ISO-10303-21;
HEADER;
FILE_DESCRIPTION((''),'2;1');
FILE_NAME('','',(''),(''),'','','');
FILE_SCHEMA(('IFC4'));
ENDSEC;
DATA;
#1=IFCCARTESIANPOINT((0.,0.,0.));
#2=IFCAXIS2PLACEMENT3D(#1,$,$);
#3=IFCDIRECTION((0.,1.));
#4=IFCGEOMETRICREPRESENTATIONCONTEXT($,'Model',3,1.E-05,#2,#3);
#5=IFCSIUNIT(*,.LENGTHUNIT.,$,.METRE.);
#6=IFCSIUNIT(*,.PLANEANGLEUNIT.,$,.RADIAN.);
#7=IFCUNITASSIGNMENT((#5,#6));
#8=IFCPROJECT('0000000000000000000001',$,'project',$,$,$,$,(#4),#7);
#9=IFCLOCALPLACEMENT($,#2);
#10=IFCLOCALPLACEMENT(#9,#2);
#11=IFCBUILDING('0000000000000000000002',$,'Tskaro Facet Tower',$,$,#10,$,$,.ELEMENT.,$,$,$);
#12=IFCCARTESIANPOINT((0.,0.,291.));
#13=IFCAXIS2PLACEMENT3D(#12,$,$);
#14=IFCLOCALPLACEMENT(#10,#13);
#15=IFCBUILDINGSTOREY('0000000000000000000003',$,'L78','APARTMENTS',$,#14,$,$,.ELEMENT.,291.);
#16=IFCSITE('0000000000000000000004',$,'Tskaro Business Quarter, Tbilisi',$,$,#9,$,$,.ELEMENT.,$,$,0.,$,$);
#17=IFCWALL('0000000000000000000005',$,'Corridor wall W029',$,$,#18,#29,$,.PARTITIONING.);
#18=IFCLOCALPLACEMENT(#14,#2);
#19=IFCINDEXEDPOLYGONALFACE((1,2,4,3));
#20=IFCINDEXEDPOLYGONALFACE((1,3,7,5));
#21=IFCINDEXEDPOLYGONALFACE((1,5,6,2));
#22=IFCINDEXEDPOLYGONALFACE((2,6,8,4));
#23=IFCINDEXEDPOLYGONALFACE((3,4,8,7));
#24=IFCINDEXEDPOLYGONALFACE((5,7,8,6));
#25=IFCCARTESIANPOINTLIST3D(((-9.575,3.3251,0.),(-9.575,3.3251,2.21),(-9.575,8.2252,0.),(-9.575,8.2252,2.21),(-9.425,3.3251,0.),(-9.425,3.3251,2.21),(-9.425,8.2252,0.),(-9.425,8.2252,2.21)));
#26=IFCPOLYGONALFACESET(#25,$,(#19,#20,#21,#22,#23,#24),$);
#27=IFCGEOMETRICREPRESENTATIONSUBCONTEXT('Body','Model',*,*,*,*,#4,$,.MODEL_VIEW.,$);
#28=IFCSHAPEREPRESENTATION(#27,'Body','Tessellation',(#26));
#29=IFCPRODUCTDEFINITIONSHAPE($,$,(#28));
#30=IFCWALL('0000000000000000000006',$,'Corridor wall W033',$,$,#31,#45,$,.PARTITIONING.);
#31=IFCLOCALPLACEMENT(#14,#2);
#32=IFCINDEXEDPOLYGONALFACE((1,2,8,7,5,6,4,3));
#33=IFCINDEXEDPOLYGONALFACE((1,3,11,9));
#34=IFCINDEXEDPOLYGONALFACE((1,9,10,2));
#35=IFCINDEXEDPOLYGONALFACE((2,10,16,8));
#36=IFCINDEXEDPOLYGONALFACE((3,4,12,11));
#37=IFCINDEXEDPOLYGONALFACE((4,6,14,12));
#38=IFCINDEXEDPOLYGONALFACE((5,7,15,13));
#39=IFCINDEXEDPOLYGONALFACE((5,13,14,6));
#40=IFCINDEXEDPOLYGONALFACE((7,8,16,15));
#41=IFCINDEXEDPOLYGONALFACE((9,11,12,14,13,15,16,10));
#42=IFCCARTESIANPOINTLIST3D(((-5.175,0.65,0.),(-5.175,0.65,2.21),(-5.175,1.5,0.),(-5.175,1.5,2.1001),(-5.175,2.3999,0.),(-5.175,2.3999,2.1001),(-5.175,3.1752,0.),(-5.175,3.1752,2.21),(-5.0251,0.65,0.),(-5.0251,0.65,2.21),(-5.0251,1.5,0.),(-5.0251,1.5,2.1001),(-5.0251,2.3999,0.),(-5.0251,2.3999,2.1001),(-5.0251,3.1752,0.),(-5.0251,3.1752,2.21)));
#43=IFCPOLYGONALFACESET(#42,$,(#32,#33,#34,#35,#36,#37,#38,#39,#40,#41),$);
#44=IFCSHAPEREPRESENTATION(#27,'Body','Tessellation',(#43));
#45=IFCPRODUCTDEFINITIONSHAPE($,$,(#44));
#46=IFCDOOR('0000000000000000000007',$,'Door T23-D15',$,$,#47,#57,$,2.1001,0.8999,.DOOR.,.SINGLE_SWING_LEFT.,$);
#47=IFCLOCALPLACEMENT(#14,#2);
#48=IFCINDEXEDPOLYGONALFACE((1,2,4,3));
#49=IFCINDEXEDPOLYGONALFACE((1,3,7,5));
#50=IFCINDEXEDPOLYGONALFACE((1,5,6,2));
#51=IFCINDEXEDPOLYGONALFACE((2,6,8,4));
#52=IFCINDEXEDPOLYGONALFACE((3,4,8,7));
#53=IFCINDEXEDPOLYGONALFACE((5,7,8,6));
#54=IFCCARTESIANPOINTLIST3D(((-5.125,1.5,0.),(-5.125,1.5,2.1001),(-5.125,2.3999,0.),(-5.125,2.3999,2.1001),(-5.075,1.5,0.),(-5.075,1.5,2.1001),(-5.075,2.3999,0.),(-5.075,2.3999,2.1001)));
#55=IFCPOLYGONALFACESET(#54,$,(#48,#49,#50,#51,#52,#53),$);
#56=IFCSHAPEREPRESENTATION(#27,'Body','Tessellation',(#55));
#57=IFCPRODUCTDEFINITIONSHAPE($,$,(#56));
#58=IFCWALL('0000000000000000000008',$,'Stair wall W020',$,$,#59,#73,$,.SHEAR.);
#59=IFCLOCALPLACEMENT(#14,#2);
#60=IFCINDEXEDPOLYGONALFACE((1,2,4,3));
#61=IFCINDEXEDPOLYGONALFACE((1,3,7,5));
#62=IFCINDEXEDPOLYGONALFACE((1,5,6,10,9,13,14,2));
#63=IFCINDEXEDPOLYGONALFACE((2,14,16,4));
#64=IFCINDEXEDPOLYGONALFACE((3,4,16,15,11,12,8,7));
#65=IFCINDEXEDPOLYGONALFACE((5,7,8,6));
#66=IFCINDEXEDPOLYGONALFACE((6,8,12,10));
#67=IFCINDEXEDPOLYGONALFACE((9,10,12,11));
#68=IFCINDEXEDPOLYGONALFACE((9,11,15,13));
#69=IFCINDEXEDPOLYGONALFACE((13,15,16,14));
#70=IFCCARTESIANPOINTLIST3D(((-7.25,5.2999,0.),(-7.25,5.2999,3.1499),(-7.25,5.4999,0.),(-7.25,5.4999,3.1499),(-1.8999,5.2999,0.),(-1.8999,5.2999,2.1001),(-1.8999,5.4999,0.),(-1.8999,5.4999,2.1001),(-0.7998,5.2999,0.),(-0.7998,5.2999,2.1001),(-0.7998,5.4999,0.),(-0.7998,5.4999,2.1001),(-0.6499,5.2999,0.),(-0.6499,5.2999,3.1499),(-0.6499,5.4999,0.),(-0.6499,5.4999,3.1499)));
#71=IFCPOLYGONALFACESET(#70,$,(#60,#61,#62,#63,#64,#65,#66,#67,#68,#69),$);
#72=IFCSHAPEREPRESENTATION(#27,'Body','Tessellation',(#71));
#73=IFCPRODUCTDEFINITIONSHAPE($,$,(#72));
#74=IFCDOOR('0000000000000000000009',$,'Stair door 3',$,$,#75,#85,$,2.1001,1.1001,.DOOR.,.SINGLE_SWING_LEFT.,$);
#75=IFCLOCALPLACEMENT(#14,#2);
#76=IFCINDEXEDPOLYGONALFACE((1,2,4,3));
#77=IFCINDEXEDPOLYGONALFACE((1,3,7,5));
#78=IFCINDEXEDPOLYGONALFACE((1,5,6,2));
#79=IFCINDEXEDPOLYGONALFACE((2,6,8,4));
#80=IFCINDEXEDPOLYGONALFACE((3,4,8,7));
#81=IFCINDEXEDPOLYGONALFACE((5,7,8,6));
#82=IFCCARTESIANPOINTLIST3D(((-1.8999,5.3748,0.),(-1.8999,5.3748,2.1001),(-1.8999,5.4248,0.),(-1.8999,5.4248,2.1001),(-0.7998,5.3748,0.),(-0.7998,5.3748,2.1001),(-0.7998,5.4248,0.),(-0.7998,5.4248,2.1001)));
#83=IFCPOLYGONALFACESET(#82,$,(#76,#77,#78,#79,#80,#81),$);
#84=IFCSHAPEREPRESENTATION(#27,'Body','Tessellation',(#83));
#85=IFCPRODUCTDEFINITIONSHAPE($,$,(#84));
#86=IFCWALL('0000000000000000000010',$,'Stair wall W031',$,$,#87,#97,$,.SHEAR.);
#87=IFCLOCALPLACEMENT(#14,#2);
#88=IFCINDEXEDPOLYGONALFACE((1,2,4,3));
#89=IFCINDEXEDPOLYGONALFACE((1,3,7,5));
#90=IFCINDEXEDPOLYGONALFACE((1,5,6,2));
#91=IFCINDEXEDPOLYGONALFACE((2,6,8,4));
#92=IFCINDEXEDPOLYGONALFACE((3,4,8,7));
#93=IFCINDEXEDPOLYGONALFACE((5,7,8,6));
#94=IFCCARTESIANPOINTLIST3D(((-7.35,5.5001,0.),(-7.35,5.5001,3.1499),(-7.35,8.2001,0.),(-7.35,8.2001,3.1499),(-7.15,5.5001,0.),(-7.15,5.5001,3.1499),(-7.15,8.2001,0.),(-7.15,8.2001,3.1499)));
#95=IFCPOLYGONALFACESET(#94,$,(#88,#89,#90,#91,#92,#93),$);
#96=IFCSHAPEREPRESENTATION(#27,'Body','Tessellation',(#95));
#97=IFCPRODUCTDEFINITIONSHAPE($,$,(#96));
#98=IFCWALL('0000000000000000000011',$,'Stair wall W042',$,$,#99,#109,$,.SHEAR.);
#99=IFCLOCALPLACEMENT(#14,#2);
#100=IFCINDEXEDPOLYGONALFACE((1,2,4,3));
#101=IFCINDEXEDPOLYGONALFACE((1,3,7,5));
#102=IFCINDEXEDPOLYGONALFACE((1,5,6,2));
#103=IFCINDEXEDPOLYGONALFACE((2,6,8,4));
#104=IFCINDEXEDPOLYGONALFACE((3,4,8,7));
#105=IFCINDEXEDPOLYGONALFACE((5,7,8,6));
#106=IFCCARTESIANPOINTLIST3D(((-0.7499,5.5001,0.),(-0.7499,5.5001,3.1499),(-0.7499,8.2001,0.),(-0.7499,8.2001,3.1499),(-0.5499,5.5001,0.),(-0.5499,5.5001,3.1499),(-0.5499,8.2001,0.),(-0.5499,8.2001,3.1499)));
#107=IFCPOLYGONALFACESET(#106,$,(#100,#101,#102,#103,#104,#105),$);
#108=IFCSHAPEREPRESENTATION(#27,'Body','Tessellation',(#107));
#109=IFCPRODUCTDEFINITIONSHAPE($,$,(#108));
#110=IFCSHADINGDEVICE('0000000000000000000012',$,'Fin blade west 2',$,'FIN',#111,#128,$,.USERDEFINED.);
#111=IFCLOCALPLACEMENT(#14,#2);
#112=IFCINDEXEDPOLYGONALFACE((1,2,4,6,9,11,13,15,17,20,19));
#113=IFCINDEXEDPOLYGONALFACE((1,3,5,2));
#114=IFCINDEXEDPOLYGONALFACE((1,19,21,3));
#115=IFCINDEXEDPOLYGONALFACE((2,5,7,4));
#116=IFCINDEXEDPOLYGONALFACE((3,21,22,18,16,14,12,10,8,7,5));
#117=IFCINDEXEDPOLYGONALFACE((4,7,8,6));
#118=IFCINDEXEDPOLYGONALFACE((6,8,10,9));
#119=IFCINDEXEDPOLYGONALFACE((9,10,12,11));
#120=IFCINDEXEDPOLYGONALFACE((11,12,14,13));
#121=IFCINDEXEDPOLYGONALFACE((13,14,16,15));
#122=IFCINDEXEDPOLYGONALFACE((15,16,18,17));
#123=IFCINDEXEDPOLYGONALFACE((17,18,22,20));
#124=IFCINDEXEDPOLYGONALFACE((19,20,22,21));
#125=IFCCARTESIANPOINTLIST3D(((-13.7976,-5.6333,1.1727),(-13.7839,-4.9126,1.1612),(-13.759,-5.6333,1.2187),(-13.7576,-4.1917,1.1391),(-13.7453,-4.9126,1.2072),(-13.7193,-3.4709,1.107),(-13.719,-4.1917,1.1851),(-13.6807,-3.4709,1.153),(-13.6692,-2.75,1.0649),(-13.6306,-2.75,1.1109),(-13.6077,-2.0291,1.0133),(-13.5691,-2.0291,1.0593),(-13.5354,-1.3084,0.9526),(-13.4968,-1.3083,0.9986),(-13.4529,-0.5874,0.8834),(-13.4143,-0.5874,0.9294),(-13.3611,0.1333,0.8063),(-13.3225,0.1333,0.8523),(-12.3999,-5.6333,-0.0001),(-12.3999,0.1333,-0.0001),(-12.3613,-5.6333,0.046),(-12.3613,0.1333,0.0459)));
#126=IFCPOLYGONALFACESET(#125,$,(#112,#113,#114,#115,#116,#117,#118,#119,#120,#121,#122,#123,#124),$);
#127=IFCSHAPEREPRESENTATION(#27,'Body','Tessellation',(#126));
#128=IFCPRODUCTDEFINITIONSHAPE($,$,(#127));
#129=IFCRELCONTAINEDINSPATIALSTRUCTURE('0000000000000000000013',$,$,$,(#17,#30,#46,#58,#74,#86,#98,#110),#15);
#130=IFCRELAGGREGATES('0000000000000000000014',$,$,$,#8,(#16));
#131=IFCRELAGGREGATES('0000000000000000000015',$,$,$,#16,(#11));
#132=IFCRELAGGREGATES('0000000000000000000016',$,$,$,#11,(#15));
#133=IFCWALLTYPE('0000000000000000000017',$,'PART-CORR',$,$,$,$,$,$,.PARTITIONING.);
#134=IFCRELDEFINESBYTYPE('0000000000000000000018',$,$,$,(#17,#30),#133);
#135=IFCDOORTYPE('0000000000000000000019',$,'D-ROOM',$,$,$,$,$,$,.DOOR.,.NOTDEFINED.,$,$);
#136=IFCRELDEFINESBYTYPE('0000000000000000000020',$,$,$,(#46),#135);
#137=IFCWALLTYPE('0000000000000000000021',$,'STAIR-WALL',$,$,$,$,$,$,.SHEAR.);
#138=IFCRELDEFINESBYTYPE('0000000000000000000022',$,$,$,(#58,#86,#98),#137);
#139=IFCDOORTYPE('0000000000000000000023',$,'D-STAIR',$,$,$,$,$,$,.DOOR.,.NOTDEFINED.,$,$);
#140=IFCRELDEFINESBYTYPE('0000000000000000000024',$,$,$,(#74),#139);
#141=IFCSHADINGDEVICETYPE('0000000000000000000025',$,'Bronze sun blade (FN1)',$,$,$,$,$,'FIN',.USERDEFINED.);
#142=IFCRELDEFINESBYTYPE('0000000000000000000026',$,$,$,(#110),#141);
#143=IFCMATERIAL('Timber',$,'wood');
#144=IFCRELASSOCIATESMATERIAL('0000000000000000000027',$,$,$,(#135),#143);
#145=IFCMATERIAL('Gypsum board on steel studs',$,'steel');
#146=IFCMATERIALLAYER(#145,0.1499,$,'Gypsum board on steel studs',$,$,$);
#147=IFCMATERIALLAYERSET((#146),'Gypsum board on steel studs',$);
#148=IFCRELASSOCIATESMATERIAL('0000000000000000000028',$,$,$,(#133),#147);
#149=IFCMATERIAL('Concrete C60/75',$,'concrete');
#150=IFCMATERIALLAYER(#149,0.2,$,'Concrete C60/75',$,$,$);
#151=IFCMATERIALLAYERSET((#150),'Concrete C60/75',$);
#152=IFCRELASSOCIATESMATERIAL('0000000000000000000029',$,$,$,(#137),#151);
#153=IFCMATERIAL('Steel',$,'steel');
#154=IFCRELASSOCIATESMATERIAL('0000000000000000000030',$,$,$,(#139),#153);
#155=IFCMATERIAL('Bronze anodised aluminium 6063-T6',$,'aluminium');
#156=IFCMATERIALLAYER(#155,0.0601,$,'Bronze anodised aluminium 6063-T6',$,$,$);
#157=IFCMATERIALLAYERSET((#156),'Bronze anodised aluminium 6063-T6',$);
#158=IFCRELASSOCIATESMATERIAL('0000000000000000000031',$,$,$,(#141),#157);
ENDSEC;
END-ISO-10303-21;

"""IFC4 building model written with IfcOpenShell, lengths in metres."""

from ifc_helpers import new_model, si_unit, direction, frame, frame_2d, origin, place, context, subcontext, project, spatial, polyline, rectangle, outline, extrude, material, layer, layer_set, type_object, element, fill, save


model = new_model("IFC4")

# Units and contexts
model_context = context("Model", 3, precision=1e-05, world=origin(), true_north=direction((0.0, 1.0)))
body_context = subcontext(model_context, "Body", "Model", "MODEL_VIEW")
ifc_project = project(units=[si_unit("LENGTHUNIT", "METRE"), si_unit("PLANEANGLEUNIT", "RADIAN")], contexts=[model_context])

# Site, building, storey
site_placement = place(None, origin())
site = spatial("IfcSite", under=ifc_project, at=site_placement, Name="Tskaro Business Quarter, Tbilisi", CompositionType="ELEMENT", RefElevation=0.0)
building_placement = place(site_placement, origin())
building = spatial("IfcBuilding", under=site, at=building_placement, Name="Tskaro Facet Tower", CompositionType="ELEMENT")
storey_placement = place(building_placement, frame((0.0, 0.0, 291.0)))
storey = spatial("IfcBuildingStorey", under=building, at=storey_placement, Name="L78", Description="APARTMENTS", CompositionType="ELEMENT", Elevation=291.0)

# Shared definitions
ifc_material_1 = material(Name="Bronze anodised aluminium 6063-T6", Category="aluminium")

# Shared definitions
ifc_material_2 = material(Name="Concrete C60/75", Category="concrete")

# Shared definitions
ifc_material_3 = material(Name="Timber", Category="wood")
door_type_1 = type_object("IfcDoorType", Name="D-ROOM", OperationType="NOTDEFINED", PredefinedType="DOOR", material=ifc_material_3)

# Shared definitions
ifc_material_4 = material(Name="Steel", Category="steel")

# Shared definitions
ifc_material_5 = material(Name="Gypsum board on steel studs", Category="steel")

# Wall
ifc_layer_1 = layer(ifc_material_5, 0.1499, Name="Gypsum board on steel studs")
ifc_layer_set_1 = layer_set([ifc_layer_1], Name="Gypsum board on steel studs")
wall_type_1 = type_object("IfcWallType", Name="PART-CORR", PredefinedType="PARTITIONING", material=ifc_layer_set_1)
wall_1_placement = place(storey_placement, frame((-9.5, 3.325, 0.0), z_axis=(0.0, 0.0, 1.0), x_axis=(0.0, 1.0, 0.0)))
element("IfcWall", 1, at=wall_1_placement, inside=storey, type_object=wall_type_1, Name="Corridor wall W029", PredefinedType="PARTITIONING", context=body_context, shape_type="SweptSolid", body=[
    extrude(rectangle(XDim=4.9001, YDim=0.1499, at=frame_2d((2.4502, 0.0))), origin(), (0.0, 0.0, 1.0), 2.21),
])

# Walls, openings, doors
wall_2_placement = place(storey_placement, frame((-5.1001, 0.6499, 0.0), z_axis=(0.0, 0.0, 1.0), x_axis=(0.0, 1.0, 0.0)))
wall_2 = element("IfcWall", 2, at=wall_2_placement, inside=storey, type_object=wall_type_1, Name="Corridor wall W033", PredefinedType="PARTITIONING", context=body_context, shape_type="SweptSolid", body=[
    extrude(rectangle(XDim=2.5251, YDim=0.1499, at=frame_2d((1.2627, 0.0))), origin(), (0.0, 0.0, 1.0), 2.21),
])
opening_1_placement = place(wall_2_placement, frame((0.8501, 0.0, 0.0)))
opening_1 = element("IfcOpeningElement", 3, at=opening_1_placement, cuts=wall_2, PredefinedType="OPENING", context=body_context, shape_type="SweptSolid", body=[
    extrude(rectangle(XDim=0.8999, YDim=2.1001, at=frame_2d((0.45, 1.05))), frame((0.0, 0.085, 0.0), z_axis=(0.0, -1.0, 0.0), x_axis=(1.0, 0.0, 0.0)), (0.0, 0.0, 1.0), 0.1699),
])
door_1_placement = place(opening_1_placement, origin())
door_1 = element("IfcDoor", 4, at=door_1_placement, inside=storey, type_object=door_type_1, Name="Door T23-D15", OperationType="SINGLE_SWING_LEFT", OverallHeight=2.1001, OverallWidth=0.8999, PredefinedType="DOOR", context=body_context, shape_type="SweptSolid", body=[
    extrude(rectangle(XDim=0.8999, YDim=2.1001, at=frame_2d((0.45, 1.05))), frame((0.0, 0.0249, 0.0), z_axis=(0.0, -1.0, 0.0), x_axis=(1.0, 0.0, 0.0)), (0.0, 0.0, 1.0), 0.05),
])
fill(opening_1, door_1)
ifc_layer_2 = layer(ifc_material_2, 0.2, Name="Concrete C60/75")
ifc_layer_set_2 = layer_set([ifc_layer_2], Name="Concrete C60/75")
wall_type_2 = type_object("IfcWallType", Name="STAIR-WALL", PredefinedType="SHEAR", material=ifc_layer_set_2)
wall_3_placement = place(storey_placement, frame((-7.25, 5.3999, 0.0), z_axis=(0.0, 0.0, 1.0), x_axis=(1.0, 0.0, 0.0)))
wall_3 = element("IfcWall", 5, at=wall_3_placement, inside=storey, type_object=wall_type_2, Name="Stair wall W020", PredefinedType="SHEAR", context=body_context, shape_type="SweptSolid", body=[
    extrude(rectangle(XDim=6.6001, YDim=0.2, at=frame_2d((3.3, 0.0))), origin(), (0.0, 0.0, 1.0), 3.1499),
])
opening_2_placement = place(wall_3_placement, frame((5.3501, 0.0, 0.0)))
opening_2 = element("IfcOpeningElement", 6, at=opening_2_placement, cuts=wall_3, PredefinedType="OPENING", context=body_context, shape_type="SweptSolid", body=[
    extrude(rectangle(XDim=1.1001, YDim=2.1001, at=frame_2d((0.55, 1.05))), frame((0.0, 0.1099, 0.0), z_axis=(0.0, -1.0, 0.0), x_axis=(1.0, 0.0, 0.0)), (0.0, 0.0, 1.0), 0.22),
])
door_type_2 = type_object("IfcDoorType", Name="D-STAIR", OperationType="NOTDEFINED", PredefinedType="DOOR", material=ifc_material_4)
door_2_placement = place(opening_2_placement, origin())
door_2 = element("IfcDoor", 7, at=door_2_placement, inside=storey, type_object=door_type_2, Name="Stair door 3", OperationType="SINGLE_SWING_LEFT", OverallHeight=2.1001, OverallWidth=1.1001, PredefinedType="DOOR", context=body_context, shape_type="SweptSolid", body=[
    extrude(rectangle(XDim=1.1001, YDim=2.1001, at=frame_2d((0.55, 1.05))), frame((0.0, 0.0249, 0.0), z_axis=(0.0, -1.0, 0.0), x_axis=(1.0, 0.0, 0.0)), (0.0, 0.0, 1.0), 0.05),
])
fill(opening_2, door_2)

# Walls
for number, where, z_axis, x_axis, name in (
    (8, (-7.25, 5.5, 0.0), (0.0, 0.0, 1.0), (0.0, 1.0, 0.0), "Stair wall W031"),
    (9, (-0.6499, 5.5, 0.0), (0.0, 0.0, 1.0), (0.0, 1.0, 0.0), "Stair wall W042"),
):
    element("IfcWall", number, at=place(storey_placement, frame(where, z_axis=z_axis, x_axis=x_axis)), inside=storey, type_object=wall_type_2, Name=name, PredefinedType="SHEAR", context=body_context, shape_type="SweptSolid", body=[
        extrude(rectangle(XDim=2.7, YDim=0.2, at=frame_2d((1.3501, 0.0))), origin(), (0.0, 0.0, 1.0), 3.1499),
    ])

# Shading device
ifc_layer_3 = layer(ifc_material_1, 0.0601, Name="Bronze anodised aluminium 6063-T6")
ifc_layer_set_3 = layer_set([ifc_layer_3], Name="Bronze anodised aluminium 6063-T6")
shading_device_type = type_object("IfcShadingDeviceType", Name="Bronze sun blade (FN1)", ElementType="FIN", PredefinedType="USERDEFINED", material=ifc_layer_set_3)
shading_device_placement = place(storey_placement, frame((-12.3613, 0.1333, 0.0459), z_axis=(0.642766, 0.000012, 0.766063), x_axis=(0.000008, -1.0, 0.000009)))
element("IfcShadingDevice", 10, at=shading_device_placement, inside=storey, type_object=shading_device_type, Name="Fin blade west 2", ObjectType="FIN", PredefinedType="USERDEFINED", context=body_context, shape_type="SweptSolid", body=[
    extrude(outline(polyline([(0.0, 0.0), (5.7666, 0.0), (5.7666, -1.8246), (5.0459, -1.8066), (4.325, -1.7723), (3.6042, -1.7224), (2.8833, -1.6569), (2.1624, -1.5766), (1.4417, -1.4822), (0.7207, -1.3746), (0.0, -1.2546), (0.0, 0.0)])), origin(), (0.0, 0.0, -1.0), 0.0601),
])

save(model, "model.ifc")
